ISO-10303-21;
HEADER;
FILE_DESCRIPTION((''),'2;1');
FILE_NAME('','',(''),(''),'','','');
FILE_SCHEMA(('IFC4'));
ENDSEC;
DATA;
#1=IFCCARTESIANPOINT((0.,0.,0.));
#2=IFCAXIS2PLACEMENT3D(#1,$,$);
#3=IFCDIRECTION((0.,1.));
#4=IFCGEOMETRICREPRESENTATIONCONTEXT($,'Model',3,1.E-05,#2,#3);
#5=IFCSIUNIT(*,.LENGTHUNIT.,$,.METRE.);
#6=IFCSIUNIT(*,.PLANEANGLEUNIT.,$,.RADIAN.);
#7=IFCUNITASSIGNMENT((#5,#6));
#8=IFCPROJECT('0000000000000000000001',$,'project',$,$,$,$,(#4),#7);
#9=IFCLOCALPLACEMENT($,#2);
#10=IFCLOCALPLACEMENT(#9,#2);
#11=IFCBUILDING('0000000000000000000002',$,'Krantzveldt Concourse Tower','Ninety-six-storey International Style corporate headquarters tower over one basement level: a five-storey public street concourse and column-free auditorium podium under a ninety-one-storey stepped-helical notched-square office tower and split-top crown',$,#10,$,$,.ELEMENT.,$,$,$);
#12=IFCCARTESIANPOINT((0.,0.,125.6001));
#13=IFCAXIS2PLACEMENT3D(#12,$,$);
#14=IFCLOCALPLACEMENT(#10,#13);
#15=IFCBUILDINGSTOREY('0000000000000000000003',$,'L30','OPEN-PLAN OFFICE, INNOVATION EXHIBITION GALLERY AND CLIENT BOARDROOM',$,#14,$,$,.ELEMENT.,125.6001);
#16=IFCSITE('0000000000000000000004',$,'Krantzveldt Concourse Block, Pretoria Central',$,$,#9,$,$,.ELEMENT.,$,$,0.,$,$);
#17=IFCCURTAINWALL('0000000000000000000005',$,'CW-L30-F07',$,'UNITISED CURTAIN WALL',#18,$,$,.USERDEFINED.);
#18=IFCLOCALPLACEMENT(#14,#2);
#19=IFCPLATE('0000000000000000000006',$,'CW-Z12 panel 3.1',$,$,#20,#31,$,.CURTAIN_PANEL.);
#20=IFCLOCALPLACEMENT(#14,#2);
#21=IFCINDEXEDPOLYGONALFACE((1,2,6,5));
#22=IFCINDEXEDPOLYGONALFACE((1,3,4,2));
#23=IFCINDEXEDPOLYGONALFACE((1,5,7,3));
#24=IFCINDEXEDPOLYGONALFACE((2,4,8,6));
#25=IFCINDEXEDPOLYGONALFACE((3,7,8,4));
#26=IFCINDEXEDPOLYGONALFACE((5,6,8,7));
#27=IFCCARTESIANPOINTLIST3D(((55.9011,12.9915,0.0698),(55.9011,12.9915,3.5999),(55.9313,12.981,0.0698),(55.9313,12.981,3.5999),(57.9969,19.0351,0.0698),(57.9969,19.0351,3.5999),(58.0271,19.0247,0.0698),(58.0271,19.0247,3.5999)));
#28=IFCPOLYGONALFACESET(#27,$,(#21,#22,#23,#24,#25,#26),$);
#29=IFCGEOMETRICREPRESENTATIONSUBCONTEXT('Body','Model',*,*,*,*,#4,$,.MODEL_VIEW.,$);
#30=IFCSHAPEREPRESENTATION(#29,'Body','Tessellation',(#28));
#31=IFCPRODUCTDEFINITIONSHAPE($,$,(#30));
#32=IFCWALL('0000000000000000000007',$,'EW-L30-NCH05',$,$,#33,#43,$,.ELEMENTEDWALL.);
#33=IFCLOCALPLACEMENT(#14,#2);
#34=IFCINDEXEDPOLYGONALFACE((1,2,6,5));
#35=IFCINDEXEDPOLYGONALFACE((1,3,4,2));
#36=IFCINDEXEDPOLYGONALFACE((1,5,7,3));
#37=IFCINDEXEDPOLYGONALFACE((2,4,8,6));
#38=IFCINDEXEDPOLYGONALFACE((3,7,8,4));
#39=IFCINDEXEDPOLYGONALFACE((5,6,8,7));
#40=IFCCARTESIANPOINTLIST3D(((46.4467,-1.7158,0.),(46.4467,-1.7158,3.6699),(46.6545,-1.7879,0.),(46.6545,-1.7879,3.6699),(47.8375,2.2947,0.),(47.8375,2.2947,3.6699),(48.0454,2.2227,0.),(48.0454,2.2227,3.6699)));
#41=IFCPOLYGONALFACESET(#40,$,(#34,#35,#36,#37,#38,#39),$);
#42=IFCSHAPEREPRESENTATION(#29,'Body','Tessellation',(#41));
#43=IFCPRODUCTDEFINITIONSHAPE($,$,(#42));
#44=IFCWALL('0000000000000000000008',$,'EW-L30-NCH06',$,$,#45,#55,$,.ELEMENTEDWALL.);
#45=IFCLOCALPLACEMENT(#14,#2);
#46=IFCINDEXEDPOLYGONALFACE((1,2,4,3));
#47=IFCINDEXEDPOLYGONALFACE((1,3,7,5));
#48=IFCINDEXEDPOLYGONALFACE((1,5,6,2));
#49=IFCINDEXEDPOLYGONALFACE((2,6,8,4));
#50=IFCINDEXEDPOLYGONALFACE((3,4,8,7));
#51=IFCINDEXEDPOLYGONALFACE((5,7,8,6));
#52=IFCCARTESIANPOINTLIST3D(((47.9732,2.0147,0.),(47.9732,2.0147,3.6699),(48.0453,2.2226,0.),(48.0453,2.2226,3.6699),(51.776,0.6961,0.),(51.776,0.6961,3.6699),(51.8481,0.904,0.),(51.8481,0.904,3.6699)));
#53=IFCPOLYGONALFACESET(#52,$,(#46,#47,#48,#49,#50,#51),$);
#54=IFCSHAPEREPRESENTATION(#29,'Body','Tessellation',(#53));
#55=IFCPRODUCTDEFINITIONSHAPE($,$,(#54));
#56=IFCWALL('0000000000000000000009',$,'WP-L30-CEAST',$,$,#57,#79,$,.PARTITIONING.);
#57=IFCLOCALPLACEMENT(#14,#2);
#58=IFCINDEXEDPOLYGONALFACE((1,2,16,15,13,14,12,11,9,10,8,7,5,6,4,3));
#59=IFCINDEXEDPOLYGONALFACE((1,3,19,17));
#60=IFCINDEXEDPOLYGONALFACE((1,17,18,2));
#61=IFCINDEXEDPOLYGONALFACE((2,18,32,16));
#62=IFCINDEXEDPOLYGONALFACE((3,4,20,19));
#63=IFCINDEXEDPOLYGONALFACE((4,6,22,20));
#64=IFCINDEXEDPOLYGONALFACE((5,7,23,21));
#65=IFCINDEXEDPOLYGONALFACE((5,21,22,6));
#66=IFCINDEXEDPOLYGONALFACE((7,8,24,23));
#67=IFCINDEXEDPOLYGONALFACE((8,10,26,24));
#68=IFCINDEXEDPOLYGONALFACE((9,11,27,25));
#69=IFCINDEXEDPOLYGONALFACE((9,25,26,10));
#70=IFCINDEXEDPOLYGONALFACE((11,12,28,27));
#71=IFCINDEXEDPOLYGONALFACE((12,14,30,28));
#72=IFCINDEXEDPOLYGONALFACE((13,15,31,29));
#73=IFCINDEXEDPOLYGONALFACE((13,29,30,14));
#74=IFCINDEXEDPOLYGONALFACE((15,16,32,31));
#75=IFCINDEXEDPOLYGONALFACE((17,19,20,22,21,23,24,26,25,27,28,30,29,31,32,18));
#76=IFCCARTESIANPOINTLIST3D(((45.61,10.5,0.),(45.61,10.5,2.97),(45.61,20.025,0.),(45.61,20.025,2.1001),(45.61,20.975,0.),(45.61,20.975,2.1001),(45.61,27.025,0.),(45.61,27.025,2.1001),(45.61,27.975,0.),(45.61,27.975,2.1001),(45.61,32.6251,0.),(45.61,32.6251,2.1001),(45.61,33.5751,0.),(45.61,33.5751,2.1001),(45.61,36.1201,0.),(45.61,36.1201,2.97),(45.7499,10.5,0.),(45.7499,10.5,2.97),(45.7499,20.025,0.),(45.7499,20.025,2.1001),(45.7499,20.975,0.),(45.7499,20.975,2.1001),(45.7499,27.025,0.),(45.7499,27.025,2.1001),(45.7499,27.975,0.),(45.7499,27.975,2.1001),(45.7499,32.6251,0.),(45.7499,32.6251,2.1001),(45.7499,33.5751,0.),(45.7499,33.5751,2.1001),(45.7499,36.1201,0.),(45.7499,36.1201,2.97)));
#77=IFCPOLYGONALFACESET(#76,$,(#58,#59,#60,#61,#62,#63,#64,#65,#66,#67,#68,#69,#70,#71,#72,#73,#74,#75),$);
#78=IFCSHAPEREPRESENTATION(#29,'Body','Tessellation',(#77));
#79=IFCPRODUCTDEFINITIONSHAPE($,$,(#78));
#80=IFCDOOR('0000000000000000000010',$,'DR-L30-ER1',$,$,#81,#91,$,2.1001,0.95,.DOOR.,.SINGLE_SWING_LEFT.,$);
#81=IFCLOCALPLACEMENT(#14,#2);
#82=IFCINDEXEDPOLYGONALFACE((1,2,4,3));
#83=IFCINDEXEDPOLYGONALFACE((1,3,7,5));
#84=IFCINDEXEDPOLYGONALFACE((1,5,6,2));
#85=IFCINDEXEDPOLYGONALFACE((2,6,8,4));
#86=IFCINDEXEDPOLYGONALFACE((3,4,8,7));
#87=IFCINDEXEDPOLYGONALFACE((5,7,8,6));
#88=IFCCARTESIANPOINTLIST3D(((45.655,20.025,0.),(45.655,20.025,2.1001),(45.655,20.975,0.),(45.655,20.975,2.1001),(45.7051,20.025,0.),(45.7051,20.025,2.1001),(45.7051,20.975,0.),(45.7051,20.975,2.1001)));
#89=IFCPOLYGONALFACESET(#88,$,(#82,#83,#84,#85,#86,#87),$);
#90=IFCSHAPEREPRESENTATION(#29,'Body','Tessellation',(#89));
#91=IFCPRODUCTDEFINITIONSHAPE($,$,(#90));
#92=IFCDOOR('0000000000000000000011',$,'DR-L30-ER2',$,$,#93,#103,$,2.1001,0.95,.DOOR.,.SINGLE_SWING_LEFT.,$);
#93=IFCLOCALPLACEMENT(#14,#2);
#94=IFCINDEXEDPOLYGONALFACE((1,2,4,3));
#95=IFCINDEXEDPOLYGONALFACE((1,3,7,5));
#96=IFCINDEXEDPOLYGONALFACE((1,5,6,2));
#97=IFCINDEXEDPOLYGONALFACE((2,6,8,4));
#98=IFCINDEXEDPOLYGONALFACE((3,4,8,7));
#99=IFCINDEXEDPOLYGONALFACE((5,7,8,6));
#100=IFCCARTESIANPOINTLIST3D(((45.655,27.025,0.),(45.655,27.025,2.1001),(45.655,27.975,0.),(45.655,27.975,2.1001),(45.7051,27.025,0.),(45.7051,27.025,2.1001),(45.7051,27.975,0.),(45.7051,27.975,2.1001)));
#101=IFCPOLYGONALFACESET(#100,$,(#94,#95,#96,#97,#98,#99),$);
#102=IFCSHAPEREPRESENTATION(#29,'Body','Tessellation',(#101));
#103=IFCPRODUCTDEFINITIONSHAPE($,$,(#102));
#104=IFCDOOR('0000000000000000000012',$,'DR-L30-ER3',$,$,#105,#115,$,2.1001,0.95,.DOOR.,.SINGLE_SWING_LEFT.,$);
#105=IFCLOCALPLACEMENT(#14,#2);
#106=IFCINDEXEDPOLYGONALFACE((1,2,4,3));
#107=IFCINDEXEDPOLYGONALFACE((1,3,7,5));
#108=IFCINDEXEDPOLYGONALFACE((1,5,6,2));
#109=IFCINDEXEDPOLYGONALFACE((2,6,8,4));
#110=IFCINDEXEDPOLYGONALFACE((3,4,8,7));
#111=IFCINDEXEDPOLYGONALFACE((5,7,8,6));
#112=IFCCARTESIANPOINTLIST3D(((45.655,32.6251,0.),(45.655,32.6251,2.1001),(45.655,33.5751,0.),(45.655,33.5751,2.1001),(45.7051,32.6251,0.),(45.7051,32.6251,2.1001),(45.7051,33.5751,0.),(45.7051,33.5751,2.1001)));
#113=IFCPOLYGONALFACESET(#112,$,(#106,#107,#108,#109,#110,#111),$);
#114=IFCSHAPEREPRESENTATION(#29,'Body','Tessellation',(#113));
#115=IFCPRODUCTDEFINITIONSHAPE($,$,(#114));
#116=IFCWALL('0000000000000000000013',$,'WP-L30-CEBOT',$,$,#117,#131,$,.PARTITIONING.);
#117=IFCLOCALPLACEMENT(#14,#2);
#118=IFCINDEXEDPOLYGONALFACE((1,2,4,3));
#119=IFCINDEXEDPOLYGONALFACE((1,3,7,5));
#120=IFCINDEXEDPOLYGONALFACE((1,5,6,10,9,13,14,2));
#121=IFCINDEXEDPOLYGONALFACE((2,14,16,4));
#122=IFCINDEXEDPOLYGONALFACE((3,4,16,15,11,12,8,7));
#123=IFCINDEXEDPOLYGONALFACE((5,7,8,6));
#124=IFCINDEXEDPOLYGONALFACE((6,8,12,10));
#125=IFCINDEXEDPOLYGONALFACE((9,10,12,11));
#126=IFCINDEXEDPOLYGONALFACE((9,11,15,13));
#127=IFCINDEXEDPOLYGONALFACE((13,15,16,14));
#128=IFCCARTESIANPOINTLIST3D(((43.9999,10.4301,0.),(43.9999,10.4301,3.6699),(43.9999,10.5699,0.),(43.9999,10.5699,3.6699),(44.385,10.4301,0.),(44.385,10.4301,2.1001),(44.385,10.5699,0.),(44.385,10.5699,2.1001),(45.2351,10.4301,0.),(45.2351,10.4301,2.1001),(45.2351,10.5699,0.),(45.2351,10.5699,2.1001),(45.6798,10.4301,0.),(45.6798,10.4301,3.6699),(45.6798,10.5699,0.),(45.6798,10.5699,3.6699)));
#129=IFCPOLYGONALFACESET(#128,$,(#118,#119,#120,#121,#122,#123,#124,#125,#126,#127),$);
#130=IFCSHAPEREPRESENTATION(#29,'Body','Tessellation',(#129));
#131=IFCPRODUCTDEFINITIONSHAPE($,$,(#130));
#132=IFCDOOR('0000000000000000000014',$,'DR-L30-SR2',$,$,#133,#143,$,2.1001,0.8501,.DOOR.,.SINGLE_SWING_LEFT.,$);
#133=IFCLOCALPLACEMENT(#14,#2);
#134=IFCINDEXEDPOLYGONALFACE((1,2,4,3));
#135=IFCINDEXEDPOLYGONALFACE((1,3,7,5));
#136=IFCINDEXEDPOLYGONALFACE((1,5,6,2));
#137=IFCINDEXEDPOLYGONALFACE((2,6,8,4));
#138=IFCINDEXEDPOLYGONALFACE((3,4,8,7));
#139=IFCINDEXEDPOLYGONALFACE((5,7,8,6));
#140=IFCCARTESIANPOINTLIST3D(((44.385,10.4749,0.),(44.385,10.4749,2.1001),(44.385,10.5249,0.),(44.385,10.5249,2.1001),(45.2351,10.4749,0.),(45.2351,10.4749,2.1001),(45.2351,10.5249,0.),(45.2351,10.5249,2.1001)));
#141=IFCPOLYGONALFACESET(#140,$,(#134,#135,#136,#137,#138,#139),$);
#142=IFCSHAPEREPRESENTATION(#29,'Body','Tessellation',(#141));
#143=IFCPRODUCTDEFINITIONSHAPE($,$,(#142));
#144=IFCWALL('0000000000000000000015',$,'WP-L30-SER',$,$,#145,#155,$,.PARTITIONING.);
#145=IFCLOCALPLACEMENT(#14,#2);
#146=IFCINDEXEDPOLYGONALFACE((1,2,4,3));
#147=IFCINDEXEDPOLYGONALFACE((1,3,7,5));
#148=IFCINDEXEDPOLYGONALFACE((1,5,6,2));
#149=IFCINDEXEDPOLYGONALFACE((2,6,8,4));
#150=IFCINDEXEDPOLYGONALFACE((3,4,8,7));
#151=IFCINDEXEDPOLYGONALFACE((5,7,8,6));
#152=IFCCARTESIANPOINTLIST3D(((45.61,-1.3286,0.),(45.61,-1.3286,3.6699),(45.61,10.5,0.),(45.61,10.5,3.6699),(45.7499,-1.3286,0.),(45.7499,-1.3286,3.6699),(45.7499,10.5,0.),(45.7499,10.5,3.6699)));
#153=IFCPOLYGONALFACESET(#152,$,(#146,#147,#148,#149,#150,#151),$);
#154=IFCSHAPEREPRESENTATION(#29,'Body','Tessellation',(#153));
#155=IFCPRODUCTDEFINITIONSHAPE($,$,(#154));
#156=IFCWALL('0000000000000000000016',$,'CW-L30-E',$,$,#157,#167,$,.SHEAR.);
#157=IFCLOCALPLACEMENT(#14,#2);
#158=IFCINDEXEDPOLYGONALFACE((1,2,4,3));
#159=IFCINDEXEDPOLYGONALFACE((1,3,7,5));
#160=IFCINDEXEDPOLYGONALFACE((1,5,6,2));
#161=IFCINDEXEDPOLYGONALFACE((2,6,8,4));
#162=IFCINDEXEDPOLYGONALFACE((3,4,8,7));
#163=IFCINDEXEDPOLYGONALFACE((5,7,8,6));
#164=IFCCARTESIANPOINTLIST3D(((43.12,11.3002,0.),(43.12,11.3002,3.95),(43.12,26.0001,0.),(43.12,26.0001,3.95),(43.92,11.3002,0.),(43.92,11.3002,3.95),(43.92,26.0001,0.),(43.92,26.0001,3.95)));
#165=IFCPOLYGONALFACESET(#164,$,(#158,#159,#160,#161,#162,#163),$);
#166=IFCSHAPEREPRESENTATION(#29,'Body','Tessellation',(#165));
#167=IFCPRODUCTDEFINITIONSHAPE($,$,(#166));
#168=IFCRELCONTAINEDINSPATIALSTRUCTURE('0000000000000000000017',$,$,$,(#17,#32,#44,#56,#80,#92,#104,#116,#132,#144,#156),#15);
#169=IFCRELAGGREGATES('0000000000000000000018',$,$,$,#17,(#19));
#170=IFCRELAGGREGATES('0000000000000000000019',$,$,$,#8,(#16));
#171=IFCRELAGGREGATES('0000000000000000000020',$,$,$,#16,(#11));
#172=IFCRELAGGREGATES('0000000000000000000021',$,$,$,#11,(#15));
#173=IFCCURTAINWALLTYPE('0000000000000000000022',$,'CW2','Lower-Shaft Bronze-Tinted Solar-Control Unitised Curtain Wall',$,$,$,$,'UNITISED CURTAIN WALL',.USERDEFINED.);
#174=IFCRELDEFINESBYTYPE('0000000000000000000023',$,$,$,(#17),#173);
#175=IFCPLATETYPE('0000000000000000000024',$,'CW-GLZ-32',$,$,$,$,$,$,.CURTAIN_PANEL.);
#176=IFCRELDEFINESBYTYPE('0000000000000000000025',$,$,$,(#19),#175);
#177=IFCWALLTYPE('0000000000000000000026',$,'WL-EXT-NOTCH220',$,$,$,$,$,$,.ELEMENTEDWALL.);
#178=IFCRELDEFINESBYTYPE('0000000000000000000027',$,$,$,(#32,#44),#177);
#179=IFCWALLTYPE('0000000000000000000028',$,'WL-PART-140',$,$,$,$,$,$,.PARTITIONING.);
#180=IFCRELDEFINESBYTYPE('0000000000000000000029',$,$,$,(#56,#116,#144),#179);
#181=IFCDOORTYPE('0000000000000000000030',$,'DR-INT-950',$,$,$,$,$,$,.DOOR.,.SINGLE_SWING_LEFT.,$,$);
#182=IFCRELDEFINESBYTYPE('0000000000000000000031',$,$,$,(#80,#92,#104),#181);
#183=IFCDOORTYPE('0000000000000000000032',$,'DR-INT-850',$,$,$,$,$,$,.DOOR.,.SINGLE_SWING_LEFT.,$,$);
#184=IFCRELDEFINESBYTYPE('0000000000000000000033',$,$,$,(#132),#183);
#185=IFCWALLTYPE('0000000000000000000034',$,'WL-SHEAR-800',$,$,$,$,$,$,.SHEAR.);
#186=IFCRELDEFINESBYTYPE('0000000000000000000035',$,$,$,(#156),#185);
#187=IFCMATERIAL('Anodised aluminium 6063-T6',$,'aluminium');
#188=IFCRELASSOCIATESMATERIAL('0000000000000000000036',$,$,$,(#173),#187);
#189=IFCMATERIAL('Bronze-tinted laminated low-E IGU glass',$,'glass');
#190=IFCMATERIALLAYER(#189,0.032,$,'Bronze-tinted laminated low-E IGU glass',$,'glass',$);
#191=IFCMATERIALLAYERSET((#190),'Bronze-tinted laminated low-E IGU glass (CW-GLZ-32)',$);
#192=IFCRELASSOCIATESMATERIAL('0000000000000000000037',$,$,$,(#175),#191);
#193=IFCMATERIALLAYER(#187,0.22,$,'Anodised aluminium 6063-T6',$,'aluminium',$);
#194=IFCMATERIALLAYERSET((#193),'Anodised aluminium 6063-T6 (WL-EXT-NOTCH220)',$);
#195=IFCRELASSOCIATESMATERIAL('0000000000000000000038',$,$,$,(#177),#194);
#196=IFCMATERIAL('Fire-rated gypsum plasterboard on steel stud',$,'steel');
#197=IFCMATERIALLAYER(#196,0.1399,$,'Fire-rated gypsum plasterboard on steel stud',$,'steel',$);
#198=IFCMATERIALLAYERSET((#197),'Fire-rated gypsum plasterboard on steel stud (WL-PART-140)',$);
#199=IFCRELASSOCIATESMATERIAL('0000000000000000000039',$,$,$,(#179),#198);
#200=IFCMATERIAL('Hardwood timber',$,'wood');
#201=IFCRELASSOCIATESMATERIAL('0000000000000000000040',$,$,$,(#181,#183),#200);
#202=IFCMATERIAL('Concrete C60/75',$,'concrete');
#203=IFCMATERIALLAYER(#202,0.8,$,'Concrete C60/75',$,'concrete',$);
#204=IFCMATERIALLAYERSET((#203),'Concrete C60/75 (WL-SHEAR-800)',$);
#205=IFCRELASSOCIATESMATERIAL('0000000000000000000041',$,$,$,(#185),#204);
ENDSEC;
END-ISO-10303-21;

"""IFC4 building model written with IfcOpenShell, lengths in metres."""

from ifc_helpers import new_model, si_unit, direction, frame, frame_2d, origin, origin_2d, place, context, subcontext, project, spatial, rectangle, extrude, source, transform, mapped, material, layer, layer_set, type_object, element, fill, aggregate, save


model = new_model("IFC4")

# Units and contexts
model_context = context("Model", 3, precision=1e-05, world=origin(), true_north=direction((0.0, 1.0)))
body_context = subcontext(model_context, "Body", "Model", "MODEL_VIEW")
ifc_project = project(units=[si_unit("LENGTHUNIT", "METRE"), si_unit("PLANEANGLEUNIT", "RADIAN")], contexts=[model_context])

# Site, building, storey
site_placement = place(None, origin())
site = spatial("IfcSite", under=ifc_project, at=site_placement, Name="Krantzveldt Concourse Block, Pretoria Central", CompositionType="ELEMENT", RefElevation=0.0)
building_placement = place(site_placement, origin())
building = spatial("IfcBuilding", under=site, at=building_placement, Name="Krantzveldt Concourse Tower", Description="Ninety-six-storey International Style corporate headquarters tower over one basement level: a five-storey public street concourse and column-free auditorium podium under a ninety-one-storey stepped-helical notched-square office tower and split-top crown", CompositionType="ELEMENT")
storey_placement = place(building_placement, frame((0.0, 0.0, 125.6001)))
storey = spatial("IfcBuildingStorey", under=building, at=storey_placement, Name="L30", Description="OPEN-PLAN OFFICE, INNOVATION EXHIBITION GALLERY AND CLIENT BOARDROOM", CompositionType="ELEMENT", Elevation=125.6001)

# Shared definitions
ifc_material_1 = material(Name="Concrete C60/75", Category="concrete")

# Shared definitions
ifc_material_2 = material(Name="Anodised aluminium 6063-T6", Category="aluminium")
curtain_wall_type = type_object("IfcCurtainWallType", Name="CW2", Description="Lower-Shaft Bronze-Tinted Solar-Control Unitised Curtain Wall", ElementType="UNITISED CURTAIN WALL", PredefinedType="USERDEFINED", material=ifc_material_2)

# Curtain wall
curtain_wall_1_placement = place(storey_placement, origin())
curtain_wall_1 = element("IfcCurtainWall", 1, at=curtain_wall_1_placement, inside=storey, type_object=curtain_wall_type, Name="CW-L30-F07", ObjectType="UNITISED CURTAIN WALL", PredefinedType="USERDEFINED")

# Plate
ifc_material_3 = material(Name="Bronze-tinted laminated low-E IGU glass", Category="glass")
ifc_layer_1 = layer(ifc_material_3, 0.032, Name="Bronze-tinted laminated low-E IGU glass", Category="glass")
ifc_layer_set_1 = layer_set([ifc_layer_1], Name="Bronze-tinted laminated low-E IGU glass (CW-GLZ-32)")
plate_type = type_object("IfcPlateType", Name="CW-GLZ-32", PredefinedType="CURTAIN_PANEL", material=ifc_layer_set_1)
shared_shape_1 = source(origin(), body_context, "Body", "SweptSolid", [
    extrude(rectangle(XDim=6.3967, YDim=0.032, at=origin_2d()), origin(), (0.0, 0.0, 1.0), 3.53),
])
plate_1_placement = place(storey_placement, frame((56.9641, 16.0081, 0.0698), z_axis=(0.0, 0.0, 1.0), x_axis=(0.32763, 0.944806, 0.0)))
plate_1 = element("IfcPlate", 2, at=plate_1_placement, type_object=plate_type, Name="CW-Z12 panel 3.1", PredefinedType="CURTAIN_PANEL", context=body_context, shape_type="MappedRepresentation", body=[
    mapped(shared_shape_1, transform((0.0, 0.0, 0.0), x_axis=(1.0, 0.0, 0.0), y_axis=(0.0, 1.0, 0.0), z_axis=(0.0, 0.0, 1.0), scale=1.0)),
])
aggregate(curtain_wall_1, [plate_1])

# Walls
ifc_layer_2 = layer(ifc_material_2, 0.22, Name="Anodised aluminium 6063-T6", Category="aluminium")
ifc_layer_set_2 = layer_set([ifc_layer_2], Name="Anodised aluminium 6063-T6 (WL-EXT-NOTCH220)")
wall_type_1 = type_object("IfcWallType", Name="WL-EXT-NOTCH220", PredefinedType="ELEMENTEDWALL", material=ifc_layer_set_2)
wall_1_placement = place(storey_placement, frame((46.5505, -1.752, 0.0), z_axis=(0.0, 0.0, 1.0), x_axis=(0.327662, 0.944795, 0.0)))
element("IfcWall", 3, at=wall_1_placement, inside=storey, type_object=wall_type_1, Name="EW-L30-NCH05", PredefinedType="ELEMENTEDWALL", context=body_context, shape_type="SweptSolid", body=[
    extrude(rectangle(XDim=4.2449, YDim=0.22, at=frame_2d((2.1226, 0.0))), origin(), (0.0, 0.0, 1.0), 3.6699),
])
wall_2_placement = place(storey_placement, frame((48.0093, 2.1187, 0.0), z_axis=(0.0, 0.0, 1.0), x_axis=(0.944811, -0.327615, 0.0)))
element("IfcWall", 4, at=wall_2_placement, inside=storey, type_object=wall_type_1, Name="EW-L30-NCH06", PredefinedType="ELEMENTEDWALL", context=body_context, shape_type="SweptSolid", body=[
    extrude(rectangle(XDim=4.0249, YDim=0.22, at=frame_2d((2.0125, 0.0))), origin(), (0.0, 0.0, 1.0), 3.6699),
])

# Wall, openings, doors
ifc_material_4 = material(Name="Fire-rated gypsum plasterboard on steel stud", Category="steel")
ifc_layer_3 = layer(ifc_material_4, 0.1399, Name="Fire-rated gypsum plasterboard on steel stud", Category="steel")
ifc_layer_set_3 = layer_set([ifc_layer_3], Name="Fire-rated gypsum plasterboard on steel stud (WL-PART-140)")
wall_type_2 = type_object("IfcWallType", Name="WL-PART-140", PredefinedType="PARTITIONING", material=ifc_layer_set_3)
wall_3_placement = place(storey_placement, frame((45.6799, 10.5, 0.0), z_axis=(0.0, 0.0, 1.0), x_axis=(0.0, 1.0, 0.0)))
wall_3 = element("IfcWall", 5, at=wall_3_placement, inside=storey, type_object=wall_type_2, Name="WP-L30-CEAST", PredefinedType="PARTITIONING", context=body_context, shape_type="SweptSolid", body=[
    extrude(rectangle(XDim=25.6201, YDim=0.1399, at=frame_2d((12.8101, 0.0))), origin(), (0.0, 0.0, 1.0), 2.97),
])
opening_1_placement = place(wall_3_placement, frame((9.5249, 0.0, 0.0)))
opening_1 = element("IfcOpeningElement", 6, at=opening_1_placement, cuts=wall_3, PredefinedType="OPENING", context=body_context, shape_type="SweptSolid", body=[
    extrude(rectangle(XDim=0.95, YDim=2.1001, at=frame_2d((0.4751, 1.05))), frame((0.0, 0.0801, 0.0), z_axis=(0.0, -1.0, 0.0), x_axis=(1.0, 0.0, 0.0)), (0.0, 0.0, 1.0), 0.1599),
])
opening_2_placement = place(wall_3_placement, frame((16.5249, 0.0, 0.0)))
opening_2 = element("IfcOpeningElement", 7, at=opening_2_placement, cuts=wall_3, PredefinedType="OPENING", context=body_context, shape_type="SweptSolid", body=[
    extrude(rectangle(XDim=0.95, YDim=2.1001, at=frame_2d((0.4751, 1.05))), frame((0.0, 0.0801, 0.0), z_axis=(0.0, -1.0, 0.0), x_axis=(1.0, 0.0, 0.0)), (0.0, 0.0, 1.0), 0.1599),
])
opening_3_placement = place(wall_3_placement, frame((22.125, 0.0, 0.0)))
opening_3 = element("IfcOpeningElement", 8, at=opening_3_placement, cuts=wall_3, PredefinedType="OPENING", context=body_context, shape_type="SweptSolid", body=[
    extrude(rectangle(XDim=0.95, YDim=2.1001, at=frame_2d((0.4751, 1.05))), frame((0.0, 0.0801, 0.0), z_axis=(0.0, -1.0, 0.0), x_axis=(1.0, 0.0, 0.0)), (0.0, 0.0, 1.0), 0.1599),
])
ifc_material_5 = material(Name="Hardwood timber", Category="wood")
door_type_1 = type_object("IfcDoorType", Name="DR-INT-950", OperationType="SINGLE_SWING_LEFT", PredefinedType="DOOR", material=ifc_material_5)
door_1_placement = place(opening_1_placement, origin())
door_1 = element("IfcDoor", 9, at=door_1_placement, inside=storey, type_object=door_type_1, Name="DR-L30-ER1", OperationType="SINGLE_SWING_LEFT", OverallHeight=2.1001, OverallWidth=0.95, PredefinedType="DOOR", context=body_context, shape_type="SweptSolid", body=[
    extrude(rectangle(XDim=0.95, YDim=2.1001, at=frame_2d((0.4751, 1.05))), frame((0.0, 0.0249, 0.0), z_axis=(0.0, -1.0, 0.0), x_axis=(1.0, 0.0, 0.0)), (0.0, 0.0, 1.0), 0.05),
])
fill(opening_1, door_1)
door_2_placement = place(opening_2_placement, origin())
door_2 = element("IfcDoor", 10, at=door_2_placement, inside=storey, type_object=door_type_1, Name="DR-L30-ER2", OperationType="SINGLE_SWING_LEFT", OverallHeight=2.1001, OverallWidth=0.95, PredefinedType="DOOR", context=body_context, shape_type="SweptSolid", body=[
    extrude(rectangle(XDim=0.95, YDim=2.1001, at=frame_2d((0.4751, 1.05))), frame((0.0, 0.0249, 0.0), z_axis=(0.0, -1.0, 0.0), x_axis=(1.0, 0.0, 0.0)), (0.0, 0.0, 1.0), 0.05),
])
fill(opening_2, door_2)
door_3_placement = place(opening_3_placement, origin())
door_3 = element("IfcDoor", 11, at=door_3_placement, inside=storey, type_object=door_type_1, Name="DR-L30-ER3", OperationType="SINGLE_SWING_LEFT", OverallHeight=2.1001, OverallWidth=0.95, PredefinedType="DOOR", context=body_context, shape_type="SweptSolid", body=[
    extrude(rectangle(XDim=0.95, YDim=2.1001, at=frame_2d((0.4751, 1.05))), frame((0.0, 0.0249, 0.0), z_axis=(0.0, -1.0, 0.0), x_axis=(1.0, 0.0, 0.0)), (0.0, 0.0, 1.0), 0.05),
])
fill(opening_3, door_3)

# Wall, opening, door
wall_4_placement = place(storey_placement, frame((44.0, 10.5, 0.0), z_axis=(0.0, 0.0, 1.0), x_axis=(1.0, 0.0, 0.0)))
wall_4 = element("IfcWall", 12, at=wall_4_placement, inside=storey, type_object=wall_type_2, Name="WP-L30-CEBOT", PredefinedType="PARTITIONING", context=body_context, shape_type="SweptSolid", body=[
    extrude(rectangle(XDim=1.6799, YDim=0.1399, at=frame_2d((0.8398, 0.0))), origin(), (0.0, 0.0, 1.0), 3.6699),
])
opening_4_placement = place(wall_4_placement, frame((0.385, 0.0, 0.0)))
opening_4 = element("IfcOpeningElement", 13, at=opening_4_placement, cuts=wall_4, PredefinedType="OPENING", context=body_context, shape_type="SweptSolid", body=[
    extrude(rectangle(XDim=0.8501, YDim=2.1001, at=frame_2d((0.425, 1.05))), frame((0.0, 0.0801, 0.0), z_axis=(0.0, -1.0, 0.0), x_axis=(1.0, 0.0, 0.0)), (0.0, 0.0, 1.0), 0.1599),
])
door_type_2 = type_object("IfcDoorType", Name="DR-INT-850", OperationType="SINGLE_SWING_LEFT", PredefinedType="DOOR", material=ifc_material_5)
door_4_placement = place(opening_4_placement, origin())
door_4 = element("IfcDoor", 14, at=door_4_placement, inside=storey, type_object=door_type_2, Name="DR-L30-SR2", OperationType="SINGLE_SWING_LEFT", OverallHeight=2.1001, OverallWidth=0.8501, PredefinedType="DOOR", context=body_context, shape_type="SweptSolid", body=[
    extrude(rectangle(XDim=0.8501, YDim=2.1001, at=frame_2d((0.425, 1.05))), frame((0.0, 0.0249, 0.0), z_axis=(0.0, -1.0, 0.0), x_axis=(1.0, 0.0, 0.0)), (0.0, 0.0, 1.0), 0.05),
])
fill(opening_4, door_4)

# Walls
wall_5_placement = place(storey_placement, frame((45.6799, -1.3286, 0.0), z_axis=(0.0, 0.0, 1.0), x_axis=(0.0, 1.0, 0.0)))
element("IfcWall", 15, at=wall_5_placement, inside=storey, type_object=wall_type_2, Name="WP-L30-SER", PredefinedType="PARTITIONING", context=body_context, shape_type="SweptSolid", body=[
    extrude(rectangle(XDim=11.8286, YDim=0.1399, at=frame_2d((5.9143, 0.0))), origin(), (0.0, 0.0, 1.0), 3.6699),
])
ifc_layer_4 = layer(ifc_material_1, 0.8, Name="Concrete C60/75", Category="concrete")
ifc_layer_set_4 = layer_set([ifc_layer_4], Name="Concrete C60/75 (WL-SHEAR-800)")
wall_type_3 = type_object("IfcWallType", Name="WL-SHEAR-800", PredefinedType="SHEAR", material=ifc_layer_set_4)
wall_6_placement = place(storey_placement, frame((43.52, 11.3, 0.0), z_axis=(0.0, 0.0, 1.0), x_axis=(0.0, 1.0, 0.0)))
element("IfcWall", 16, at=wall_6_placement, inside=storey, type_object=wall_type_3, Name="CW-L30-E", PredefinedType="SHEAR", context=body_context, shape_type="SweptSolid", body=[
    extrude(rectangle(XDim=14.7, YDim=0.8, at=frame_2d((7.3501, 0.0))), origin(), (0.0, 0.0, 1.0), 3.95),
])

save(model, "model.ifc")
